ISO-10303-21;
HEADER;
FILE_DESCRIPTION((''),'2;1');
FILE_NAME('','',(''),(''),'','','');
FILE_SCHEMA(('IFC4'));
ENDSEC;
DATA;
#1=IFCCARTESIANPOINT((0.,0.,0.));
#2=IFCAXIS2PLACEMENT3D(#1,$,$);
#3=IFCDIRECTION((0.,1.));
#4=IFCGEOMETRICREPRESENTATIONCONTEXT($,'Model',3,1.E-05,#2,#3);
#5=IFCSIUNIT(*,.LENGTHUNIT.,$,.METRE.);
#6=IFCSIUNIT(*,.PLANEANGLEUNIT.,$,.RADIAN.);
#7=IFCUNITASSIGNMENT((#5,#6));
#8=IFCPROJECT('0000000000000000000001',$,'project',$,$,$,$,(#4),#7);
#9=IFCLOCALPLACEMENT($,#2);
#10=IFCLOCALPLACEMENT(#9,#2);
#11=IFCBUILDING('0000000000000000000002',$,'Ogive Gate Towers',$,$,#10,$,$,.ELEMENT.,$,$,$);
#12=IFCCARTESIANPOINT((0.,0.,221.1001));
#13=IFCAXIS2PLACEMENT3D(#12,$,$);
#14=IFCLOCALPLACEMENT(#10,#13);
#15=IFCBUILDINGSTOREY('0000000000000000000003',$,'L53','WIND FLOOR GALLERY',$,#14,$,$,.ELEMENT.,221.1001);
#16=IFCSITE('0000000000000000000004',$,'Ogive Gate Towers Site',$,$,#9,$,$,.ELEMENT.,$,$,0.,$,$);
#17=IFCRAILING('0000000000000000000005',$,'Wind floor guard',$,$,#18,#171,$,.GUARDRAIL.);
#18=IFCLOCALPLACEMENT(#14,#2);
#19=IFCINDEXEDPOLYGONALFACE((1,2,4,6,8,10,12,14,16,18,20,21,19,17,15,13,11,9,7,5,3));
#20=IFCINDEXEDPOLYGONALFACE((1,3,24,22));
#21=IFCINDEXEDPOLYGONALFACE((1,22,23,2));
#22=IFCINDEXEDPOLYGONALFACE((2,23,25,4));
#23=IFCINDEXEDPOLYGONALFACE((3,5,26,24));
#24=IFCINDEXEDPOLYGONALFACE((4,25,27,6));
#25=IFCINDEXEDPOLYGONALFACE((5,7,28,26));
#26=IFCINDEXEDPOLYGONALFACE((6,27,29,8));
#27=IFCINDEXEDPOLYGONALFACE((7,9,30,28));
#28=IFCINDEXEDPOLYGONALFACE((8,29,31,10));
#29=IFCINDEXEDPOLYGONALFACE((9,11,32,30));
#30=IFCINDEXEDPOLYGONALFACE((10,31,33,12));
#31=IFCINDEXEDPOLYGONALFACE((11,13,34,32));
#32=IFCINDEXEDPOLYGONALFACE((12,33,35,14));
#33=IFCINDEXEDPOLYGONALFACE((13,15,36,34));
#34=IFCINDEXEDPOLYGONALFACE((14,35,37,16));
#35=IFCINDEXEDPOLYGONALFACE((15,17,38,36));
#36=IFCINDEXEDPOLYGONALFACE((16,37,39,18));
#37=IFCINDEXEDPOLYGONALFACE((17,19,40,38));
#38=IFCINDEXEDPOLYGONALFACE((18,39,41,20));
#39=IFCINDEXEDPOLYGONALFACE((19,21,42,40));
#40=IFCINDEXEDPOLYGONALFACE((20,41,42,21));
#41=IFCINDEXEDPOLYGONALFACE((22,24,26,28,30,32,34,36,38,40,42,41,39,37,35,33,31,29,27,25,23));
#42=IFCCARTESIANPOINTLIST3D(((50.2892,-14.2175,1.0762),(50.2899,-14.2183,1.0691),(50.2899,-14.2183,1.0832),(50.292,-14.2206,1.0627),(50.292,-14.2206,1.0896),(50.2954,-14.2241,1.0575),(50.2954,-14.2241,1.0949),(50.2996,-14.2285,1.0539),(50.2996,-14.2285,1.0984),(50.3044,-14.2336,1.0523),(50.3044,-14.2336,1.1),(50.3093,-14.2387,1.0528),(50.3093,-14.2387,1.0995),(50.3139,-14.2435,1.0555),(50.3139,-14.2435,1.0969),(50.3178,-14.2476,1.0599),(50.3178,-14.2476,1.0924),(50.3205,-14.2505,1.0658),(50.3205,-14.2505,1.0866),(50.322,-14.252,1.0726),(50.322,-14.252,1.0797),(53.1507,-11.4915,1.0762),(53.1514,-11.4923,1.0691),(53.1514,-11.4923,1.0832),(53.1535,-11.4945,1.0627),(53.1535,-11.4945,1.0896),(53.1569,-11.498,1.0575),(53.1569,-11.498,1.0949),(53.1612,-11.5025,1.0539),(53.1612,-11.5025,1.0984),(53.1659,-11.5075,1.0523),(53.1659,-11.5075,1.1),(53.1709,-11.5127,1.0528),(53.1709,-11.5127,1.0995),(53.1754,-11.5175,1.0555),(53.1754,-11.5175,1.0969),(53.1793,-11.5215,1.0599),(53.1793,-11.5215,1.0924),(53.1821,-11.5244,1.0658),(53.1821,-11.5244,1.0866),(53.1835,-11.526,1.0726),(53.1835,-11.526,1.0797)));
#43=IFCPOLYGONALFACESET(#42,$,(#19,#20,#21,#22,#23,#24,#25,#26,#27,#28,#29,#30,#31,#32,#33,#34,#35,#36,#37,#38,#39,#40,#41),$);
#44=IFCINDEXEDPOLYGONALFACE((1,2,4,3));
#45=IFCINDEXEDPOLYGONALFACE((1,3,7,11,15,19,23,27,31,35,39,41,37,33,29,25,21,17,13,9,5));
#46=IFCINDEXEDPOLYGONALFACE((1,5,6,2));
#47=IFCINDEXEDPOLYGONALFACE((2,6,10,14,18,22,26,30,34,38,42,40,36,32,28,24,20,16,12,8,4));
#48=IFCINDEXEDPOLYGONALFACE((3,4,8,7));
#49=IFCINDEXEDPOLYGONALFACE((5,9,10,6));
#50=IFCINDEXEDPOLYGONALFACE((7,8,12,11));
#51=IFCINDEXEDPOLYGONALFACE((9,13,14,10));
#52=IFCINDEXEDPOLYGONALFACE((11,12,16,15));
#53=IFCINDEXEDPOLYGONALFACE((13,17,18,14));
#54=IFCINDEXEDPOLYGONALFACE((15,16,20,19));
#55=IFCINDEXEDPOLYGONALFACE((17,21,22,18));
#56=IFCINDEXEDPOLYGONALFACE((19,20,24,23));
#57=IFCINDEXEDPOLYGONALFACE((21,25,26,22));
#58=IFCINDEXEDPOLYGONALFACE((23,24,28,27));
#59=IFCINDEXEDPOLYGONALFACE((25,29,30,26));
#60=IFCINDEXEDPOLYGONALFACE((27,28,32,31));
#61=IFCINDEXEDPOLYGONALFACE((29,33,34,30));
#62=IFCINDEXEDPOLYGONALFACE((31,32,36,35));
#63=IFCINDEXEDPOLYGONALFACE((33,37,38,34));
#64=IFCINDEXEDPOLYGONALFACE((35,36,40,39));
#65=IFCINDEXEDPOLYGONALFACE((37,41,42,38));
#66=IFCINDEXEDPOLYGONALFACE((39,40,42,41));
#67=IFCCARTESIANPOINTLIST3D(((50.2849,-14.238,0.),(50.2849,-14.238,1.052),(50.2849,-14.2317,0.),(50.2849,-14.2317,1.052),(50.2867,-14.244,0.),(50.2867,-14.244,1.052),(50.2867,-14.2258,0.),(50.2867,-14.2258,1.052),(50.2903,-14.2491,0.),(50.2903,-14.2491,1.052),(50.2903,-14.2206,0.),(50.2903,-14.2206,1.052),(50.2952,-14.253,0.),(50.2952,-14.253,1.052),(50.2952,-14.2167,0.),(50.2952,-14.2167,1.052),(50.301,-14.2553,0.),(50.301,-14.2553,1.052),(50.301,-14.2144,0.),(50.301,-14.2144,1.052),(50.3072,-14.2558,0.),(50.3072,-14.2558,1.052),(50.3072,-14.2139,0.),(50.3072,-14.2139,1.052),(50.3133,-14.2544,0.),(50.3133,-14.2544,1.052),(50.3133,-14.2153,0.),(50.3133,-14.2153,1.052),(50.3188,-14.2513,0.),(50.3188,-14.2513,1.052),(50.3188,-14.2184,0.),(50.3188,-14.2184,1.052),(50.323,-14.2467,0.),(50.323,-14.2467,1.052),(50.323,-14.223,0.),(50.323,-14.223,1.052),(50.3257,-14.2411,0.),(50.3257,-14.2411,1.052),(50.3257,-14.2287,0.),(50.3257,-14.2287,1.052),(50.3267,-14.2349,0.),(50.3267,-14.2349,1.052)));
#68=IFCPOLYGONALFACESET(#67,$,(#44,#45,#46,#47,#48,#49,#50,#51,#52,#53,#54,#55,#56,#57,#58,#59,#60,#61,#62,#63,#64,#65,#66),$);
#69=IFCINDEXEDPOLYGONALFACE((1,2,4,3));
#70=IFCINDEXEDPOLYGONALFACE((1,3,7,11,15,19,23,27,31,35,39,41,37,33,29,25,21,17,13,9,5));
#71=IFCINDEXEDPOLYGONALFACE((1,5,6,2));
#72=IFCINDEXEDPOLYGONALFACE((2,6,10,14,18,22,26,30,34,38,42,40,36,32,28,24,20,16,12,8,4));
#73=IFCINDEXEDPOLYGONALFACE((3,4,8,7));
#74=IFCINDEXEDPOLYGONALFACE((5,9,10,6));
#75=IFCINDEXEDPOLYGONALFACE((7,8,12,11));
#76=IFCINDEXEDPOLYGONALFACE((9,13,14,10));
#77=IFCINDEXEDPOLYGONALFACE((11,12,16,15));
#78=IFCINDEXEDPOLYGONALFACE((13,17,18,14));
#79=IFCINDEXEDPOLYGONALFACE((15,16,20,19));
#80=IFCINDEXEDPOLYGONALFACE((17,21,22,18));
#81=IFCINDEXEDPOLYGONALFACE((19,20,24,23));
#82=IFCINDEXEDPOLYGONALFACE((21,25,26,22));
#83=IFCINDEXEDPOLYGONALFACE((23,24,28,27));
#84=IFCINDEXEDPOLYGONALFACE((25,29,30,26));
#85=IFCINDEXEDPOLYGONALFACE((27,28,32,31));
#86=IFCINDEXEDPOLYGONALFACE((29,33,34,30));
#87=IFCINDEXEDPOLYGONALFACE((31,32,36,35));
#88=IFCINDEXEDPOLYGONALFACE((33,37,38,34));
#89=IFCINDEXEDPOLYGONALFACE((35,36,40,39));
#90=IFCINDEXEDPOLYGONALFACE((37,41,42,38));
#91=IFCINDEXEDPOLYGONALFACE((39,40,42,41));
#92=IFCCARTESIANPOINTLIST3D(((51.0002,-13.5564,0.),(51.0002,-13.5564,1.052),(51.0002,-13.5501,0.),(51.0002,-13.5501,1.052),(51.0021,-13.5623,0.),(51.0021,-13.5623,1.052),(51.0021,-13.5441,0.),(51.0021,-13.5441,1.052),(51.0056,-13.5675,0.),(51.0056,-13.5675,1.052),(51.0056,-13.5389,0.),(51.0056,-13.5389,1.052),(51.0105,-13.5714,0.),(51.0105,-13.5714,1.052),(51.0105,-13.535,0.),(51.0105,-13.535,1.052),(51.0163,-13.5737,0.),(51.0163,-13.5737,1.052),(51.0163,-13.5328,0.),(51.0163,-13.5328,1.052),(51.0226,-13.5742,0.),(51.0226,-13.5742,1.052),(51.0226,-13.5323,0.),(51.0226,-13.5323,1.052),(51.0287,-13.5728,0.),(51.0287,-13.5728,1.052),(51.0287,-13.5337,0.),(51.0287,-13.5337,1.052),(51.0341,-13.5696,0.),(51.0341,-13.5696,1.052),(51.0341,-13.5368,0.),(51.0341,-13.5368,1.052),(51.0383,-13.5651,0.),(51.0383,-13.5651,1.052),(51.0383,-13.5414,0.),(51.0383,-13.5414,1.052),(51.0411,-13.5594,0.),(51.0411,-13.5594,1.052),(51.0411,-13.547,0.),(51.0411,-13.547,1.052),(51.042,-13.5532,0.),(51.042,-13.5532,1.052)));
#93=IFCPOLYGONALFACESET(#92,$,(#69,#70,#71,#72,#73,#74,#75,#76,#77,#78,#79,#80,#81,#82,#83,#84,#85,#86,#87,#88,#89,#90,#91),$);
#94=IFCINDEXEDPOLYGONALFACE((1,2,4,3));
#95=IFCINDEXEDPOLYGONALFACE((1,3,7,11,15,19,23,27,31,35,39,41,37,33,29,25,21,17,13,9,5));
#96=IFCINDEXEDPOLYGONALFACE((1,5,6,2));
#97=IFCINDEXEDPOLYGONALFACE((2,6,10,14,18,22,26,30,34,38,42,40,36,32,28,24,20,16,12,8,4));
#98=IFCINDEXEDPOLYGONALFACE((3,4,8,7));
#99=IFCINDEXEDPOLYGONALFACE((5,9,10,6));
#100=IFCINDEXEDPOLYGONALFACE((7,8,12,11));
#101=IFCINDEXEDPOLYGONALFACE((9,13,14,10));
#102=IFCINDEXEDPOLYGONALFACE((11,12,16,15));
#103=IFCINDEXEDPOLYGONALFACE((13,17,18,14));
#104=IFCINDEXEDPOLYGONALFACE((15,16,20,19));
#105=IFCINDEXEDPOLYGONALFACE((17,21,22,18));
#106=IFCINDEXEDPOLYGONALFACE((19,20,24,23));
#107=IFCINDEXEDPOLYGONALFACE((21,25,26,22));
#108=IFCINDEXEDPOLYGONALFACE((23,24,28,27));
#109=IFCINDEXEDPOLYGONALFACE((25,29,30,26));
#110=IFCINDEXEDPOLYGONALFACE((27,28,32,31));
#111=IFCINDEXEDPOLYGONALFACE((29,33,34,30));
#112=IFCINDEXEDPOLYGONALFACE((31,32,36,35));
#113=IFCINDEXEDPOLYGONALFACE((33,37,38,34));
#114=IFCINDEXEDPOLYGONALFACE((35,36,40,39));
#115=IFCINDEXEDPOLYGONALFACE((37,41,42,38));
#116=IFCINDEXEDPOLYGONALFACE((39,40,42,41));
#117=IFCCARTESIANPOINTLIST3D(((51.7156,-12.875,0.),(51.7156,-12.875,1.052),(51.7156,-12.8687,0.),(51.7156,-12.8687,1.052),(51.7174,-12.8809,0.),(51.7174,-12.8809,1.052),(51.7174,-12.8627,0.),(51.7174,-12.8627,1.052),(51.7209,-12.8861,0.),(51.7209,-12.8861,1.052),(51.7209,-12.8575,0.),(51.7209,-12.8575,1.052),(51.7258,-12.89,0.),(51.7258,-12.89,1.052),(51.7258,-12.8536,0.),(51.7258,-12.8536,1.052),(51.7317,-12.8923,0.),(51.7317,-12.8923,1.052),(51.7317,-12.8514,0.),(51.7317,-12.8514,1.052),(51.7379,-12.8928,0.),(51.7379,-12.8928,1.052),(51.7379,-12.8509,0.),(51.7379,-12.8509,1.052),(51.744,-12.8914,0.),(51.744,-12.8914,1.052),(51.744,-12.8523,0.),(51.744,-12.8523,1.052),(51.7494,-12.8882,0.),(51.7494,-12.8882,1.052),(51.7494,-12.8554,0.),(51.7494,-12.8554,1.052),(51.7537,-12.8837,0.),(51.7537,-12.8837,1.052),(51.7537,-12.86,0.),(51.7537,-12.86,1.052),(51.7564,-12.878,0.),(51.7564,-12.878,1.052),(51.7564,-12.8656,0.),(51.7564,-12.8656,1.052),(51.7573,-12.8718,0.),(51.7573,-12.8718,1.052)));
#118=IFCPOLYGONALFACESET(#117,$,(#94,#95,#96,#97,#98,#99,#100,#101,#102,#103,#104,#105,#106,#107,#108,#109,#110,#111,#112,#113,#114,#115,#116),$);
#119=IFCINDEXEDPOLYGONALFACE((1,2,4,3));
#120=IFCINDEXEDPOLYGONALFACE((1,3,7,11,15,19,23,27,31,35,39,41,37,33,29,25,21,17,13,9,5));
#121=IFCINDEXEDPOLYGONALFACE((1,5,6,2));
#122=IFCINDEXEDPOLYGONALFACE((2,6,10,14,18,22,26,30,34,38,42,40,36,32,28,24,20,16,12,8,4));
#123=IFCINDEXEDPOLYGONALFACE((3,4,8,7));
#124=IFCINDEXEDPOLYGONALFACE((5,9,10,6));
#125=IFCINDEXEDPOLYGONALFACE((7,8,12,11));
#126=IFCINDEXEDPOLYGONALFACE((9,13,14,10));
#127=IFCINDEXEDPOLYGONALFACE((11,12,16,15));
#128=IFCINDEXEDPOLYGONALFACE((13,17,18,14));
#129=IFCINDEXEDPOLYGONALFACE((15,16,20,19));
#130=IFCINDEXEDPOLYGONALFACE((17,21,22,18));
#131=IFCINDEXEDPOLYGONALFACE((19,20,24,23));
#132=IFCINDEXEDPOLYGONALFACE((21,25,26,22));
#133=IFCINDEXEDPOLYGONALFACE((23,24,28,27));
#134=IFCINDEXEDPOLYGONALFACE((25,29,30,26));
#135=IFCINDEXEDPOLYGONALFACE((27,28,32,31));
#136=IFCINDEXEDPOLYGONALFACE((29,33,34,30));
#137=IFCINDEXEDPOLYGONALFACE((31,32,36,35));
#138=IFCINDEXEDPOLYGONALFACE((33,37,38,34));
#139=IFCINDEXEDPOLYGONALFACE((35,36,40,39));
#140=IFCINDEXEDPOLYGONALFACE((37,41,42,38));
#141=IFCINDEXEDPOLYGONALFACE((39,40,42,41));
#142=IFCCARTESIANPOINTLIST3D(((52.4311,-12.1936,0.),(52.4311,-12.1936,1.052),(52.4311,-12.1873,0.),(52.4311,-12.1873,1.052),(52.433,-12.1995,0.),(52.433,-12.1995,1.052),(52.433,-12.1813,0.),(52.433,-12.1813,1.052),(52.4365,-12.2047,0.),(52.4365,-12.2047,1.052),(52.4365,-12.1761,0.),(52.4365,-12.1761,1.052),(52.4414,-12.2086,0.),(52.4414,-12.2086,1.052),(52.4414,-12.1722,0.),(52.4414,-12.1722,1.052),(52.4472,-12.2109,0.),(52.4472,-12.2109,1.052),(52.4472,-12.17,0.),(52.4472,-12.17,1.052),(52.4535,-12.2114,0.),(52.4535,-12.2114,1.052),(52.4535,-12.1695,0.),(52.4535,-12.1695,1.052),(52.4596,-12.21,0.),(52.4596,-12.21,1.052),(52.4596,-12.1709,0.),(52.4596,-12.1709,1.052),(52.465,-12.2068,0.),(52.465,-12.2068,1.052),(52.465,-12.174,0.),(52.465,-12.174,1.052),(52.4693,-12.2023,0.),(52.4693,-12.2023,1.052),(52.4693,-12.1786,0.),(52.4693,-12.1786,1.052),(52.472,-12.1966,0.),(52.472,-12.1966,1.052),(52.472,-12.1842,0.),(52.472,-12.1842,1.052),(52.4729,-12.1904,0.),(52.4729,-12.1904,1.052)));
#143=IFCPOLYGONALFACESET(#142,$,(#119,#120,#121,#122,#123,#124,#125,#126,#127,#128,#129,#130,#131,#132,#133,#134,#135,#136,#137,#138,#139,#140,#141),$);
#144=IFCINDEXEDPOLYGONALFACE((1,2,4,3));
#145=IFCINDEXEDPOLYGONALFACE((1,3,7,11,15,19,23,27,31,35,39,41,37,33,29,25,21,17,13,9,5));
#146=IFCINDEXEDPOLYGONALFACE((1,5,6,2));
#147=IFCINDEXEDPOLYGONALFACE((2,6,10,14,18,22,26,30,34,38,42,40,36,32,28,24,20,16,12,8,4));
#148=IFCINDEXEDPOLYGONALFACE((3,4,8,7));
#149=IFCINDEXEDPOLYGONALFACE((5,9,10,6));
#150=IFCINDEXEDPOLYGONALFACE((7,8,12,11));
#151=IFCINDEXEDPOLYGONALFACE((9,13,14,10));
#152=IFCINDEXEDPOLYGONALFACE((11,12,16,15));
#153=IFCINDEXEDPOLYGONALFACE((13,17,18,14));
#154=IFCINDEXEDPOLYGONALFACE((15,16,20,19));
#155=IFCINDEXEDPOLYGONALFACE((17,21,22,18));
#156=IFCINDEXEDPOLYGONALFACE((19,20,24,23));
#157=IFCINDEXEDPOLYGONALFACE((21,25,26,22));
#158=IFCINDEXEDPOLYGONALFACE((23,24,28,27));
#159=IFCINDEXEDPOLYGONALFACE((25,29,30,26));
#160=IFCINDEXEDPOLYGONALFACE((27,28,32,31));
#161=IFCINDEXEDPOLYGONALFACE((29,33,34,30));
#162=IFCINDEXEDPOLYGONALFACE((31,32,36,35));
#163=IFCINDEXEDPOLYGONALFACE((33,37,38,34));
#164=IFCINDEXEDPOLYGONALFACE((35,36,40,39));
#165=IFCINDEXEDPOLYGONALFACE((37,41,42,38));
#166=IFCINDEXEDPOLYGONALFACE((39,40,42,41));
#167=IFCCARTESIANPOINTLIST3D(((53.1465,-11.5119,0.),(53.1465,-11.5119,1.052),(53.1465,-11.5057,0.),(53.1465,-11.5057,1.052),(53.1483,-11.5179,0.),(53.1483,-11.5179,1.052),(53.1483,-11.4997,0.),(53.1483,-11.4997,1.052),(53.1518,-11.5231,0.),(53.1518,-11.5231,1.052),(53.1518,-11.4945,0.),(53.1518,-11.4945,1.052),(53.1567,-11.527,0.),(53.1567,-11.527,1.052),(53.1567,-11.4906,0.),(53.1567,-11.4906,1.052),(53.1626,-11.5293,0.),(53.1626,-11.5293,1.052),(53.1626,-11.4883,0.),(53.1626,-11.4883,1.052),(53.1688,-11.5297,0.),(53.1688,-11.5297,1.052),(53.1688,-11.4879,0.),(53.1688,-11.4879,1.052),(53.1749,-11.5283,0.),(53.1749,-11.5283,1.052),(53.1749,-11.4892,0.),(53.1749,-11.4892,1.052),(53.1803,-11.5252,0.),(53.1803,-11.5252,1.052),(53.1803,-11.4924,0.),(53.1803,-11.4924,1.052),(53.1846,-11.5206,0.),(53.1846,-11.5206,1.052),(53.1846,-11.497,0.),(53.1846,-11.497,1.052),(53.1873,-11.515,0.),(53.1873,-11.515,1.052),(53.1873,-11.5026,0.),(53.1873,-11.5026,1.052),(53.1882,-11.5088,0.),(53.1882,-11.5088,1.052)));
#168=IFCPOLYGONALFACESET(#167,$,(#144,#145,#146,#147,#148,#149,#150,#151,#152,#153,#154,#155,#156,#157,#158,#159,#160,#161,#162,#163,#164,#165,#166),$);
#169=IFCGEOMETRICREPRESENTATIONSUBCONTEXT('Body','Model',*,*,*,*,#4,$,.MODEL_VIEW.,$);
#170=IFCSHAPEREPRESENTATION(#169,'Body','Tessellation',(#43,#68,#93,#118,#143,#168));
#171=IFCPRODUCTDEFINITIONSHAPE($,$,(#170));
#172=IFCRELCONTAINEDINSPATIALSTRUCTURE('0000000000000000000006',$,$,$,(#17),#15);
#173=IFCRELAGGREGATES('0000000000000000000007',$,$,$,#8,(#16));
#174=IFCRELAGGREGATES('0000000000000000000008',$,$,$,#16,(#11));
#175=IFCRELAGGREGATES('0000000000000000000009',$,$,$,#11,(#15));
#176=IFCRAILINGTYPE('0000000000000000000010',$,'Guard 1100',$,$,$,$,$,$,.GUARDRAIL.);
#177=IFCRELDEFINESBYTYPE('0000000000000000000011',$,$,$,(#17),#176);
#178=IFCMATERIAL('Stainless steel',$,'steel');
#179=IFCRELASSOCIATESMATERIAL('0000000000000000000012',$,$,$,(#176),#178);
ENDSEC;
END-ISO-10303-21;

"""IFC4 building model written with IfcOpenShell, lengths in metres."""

from ifc_helpers import new_model, si_unit, direction, frame, origin, origin_2d, place, context, subcontext, project, spatial, circle, extrude, material, type_object, element, save


model = new_model("IFC4")

# Units and contexts
model_context = context("Model", 3, precision=1e-05, world=origin(), true_north=direction((0.0, 1.0)))
body_context = subcontext(model_context, "Body", "Model", "MODEL_VIEW")
ifc_project = project(units=[si_unit("LENGTHUNIT", "METRE"), si_unit("PLANEANGLEUNIT", "RADIAN")], contexts=[model_context])

# Site, building, storey
site_placement = place(None, origin())
site = spatial("IfcSite", under=ifc_project, at=site_placement, Name="Ogive Gate Towers Site", CompositionType="ELEMENT", RefElevation=0.0)
building_placement = place(site_placement, origin())
building = spatial("IfcBuilding", under=site, at=building_placement, Name="Ogive Gate Towers", CompositionType="ELEMENT")
storey_placement = place(building_placement, frame((0.0, 0.0, 221.1001)))
storey = spatial("IfcBuildingStorey", under=building, at=storey_placement, Name="L53", Description="WIND FLOOR GALLERY", CompositionType="ELEMENT", Elevation=221.1001)

# Railing
ifc_material_1 = material(Name="Stainless steel", Category="steel")
railing_type = type_object("IfcRailingType", Name="Guard 1100", PredefinedType="GUARDRAIL", material=ifc_material_1)
railing_1_placement = place(storey_placement, frame((50.3057, -14.2349, 0.0)))
element("IfcRailing", 1, at=railing_1_placement, inside=storey, type_object=railing_type, Name="Wind floor guard", PredefinedType="GUARDRAIL", context=body_context, shape_type="SweptSolid", body=[
    extrude(circle(Radius=0.0239, at=origin_2d()), frame((0.0, 0.0, 1.0762), z_axis=(0.724041, 0.689757, 0.0), x_axis=(-0.689757, 0.724041, 0.0)), (0.0, 0.0, 1.0), 3.9521),
    extrude(circle(Radius=0.021, at=origin_2d()), origin(), (0.0, 0.0, 1.0), 1.052),
    extrude(circle(Radius=0.021, at=origin_2d()), frame((0.7153, 0.6816, 0.0)), (0.0, 0.0, 1.0), 1.052),
    extrude(circle(Radius=0.021, at=origin_2d()), frame((1.4307, 1.363, 0.0)), (0.0, 0.0, 1.0), 1.052),
    extrude(circle(Radius=0.021, at=origin_2d()), frame((2.1462, 2.0444, 0.0)), (0.0, 0.0, 1.0), 1.052),
    extrude(circle(Radius=0.021, at=origin_2d()), frame((2.8616, 2.7261, 0.0)), (0.0, 0.0, 1.0), 1.052),
])

save(model, "model.ifc")
